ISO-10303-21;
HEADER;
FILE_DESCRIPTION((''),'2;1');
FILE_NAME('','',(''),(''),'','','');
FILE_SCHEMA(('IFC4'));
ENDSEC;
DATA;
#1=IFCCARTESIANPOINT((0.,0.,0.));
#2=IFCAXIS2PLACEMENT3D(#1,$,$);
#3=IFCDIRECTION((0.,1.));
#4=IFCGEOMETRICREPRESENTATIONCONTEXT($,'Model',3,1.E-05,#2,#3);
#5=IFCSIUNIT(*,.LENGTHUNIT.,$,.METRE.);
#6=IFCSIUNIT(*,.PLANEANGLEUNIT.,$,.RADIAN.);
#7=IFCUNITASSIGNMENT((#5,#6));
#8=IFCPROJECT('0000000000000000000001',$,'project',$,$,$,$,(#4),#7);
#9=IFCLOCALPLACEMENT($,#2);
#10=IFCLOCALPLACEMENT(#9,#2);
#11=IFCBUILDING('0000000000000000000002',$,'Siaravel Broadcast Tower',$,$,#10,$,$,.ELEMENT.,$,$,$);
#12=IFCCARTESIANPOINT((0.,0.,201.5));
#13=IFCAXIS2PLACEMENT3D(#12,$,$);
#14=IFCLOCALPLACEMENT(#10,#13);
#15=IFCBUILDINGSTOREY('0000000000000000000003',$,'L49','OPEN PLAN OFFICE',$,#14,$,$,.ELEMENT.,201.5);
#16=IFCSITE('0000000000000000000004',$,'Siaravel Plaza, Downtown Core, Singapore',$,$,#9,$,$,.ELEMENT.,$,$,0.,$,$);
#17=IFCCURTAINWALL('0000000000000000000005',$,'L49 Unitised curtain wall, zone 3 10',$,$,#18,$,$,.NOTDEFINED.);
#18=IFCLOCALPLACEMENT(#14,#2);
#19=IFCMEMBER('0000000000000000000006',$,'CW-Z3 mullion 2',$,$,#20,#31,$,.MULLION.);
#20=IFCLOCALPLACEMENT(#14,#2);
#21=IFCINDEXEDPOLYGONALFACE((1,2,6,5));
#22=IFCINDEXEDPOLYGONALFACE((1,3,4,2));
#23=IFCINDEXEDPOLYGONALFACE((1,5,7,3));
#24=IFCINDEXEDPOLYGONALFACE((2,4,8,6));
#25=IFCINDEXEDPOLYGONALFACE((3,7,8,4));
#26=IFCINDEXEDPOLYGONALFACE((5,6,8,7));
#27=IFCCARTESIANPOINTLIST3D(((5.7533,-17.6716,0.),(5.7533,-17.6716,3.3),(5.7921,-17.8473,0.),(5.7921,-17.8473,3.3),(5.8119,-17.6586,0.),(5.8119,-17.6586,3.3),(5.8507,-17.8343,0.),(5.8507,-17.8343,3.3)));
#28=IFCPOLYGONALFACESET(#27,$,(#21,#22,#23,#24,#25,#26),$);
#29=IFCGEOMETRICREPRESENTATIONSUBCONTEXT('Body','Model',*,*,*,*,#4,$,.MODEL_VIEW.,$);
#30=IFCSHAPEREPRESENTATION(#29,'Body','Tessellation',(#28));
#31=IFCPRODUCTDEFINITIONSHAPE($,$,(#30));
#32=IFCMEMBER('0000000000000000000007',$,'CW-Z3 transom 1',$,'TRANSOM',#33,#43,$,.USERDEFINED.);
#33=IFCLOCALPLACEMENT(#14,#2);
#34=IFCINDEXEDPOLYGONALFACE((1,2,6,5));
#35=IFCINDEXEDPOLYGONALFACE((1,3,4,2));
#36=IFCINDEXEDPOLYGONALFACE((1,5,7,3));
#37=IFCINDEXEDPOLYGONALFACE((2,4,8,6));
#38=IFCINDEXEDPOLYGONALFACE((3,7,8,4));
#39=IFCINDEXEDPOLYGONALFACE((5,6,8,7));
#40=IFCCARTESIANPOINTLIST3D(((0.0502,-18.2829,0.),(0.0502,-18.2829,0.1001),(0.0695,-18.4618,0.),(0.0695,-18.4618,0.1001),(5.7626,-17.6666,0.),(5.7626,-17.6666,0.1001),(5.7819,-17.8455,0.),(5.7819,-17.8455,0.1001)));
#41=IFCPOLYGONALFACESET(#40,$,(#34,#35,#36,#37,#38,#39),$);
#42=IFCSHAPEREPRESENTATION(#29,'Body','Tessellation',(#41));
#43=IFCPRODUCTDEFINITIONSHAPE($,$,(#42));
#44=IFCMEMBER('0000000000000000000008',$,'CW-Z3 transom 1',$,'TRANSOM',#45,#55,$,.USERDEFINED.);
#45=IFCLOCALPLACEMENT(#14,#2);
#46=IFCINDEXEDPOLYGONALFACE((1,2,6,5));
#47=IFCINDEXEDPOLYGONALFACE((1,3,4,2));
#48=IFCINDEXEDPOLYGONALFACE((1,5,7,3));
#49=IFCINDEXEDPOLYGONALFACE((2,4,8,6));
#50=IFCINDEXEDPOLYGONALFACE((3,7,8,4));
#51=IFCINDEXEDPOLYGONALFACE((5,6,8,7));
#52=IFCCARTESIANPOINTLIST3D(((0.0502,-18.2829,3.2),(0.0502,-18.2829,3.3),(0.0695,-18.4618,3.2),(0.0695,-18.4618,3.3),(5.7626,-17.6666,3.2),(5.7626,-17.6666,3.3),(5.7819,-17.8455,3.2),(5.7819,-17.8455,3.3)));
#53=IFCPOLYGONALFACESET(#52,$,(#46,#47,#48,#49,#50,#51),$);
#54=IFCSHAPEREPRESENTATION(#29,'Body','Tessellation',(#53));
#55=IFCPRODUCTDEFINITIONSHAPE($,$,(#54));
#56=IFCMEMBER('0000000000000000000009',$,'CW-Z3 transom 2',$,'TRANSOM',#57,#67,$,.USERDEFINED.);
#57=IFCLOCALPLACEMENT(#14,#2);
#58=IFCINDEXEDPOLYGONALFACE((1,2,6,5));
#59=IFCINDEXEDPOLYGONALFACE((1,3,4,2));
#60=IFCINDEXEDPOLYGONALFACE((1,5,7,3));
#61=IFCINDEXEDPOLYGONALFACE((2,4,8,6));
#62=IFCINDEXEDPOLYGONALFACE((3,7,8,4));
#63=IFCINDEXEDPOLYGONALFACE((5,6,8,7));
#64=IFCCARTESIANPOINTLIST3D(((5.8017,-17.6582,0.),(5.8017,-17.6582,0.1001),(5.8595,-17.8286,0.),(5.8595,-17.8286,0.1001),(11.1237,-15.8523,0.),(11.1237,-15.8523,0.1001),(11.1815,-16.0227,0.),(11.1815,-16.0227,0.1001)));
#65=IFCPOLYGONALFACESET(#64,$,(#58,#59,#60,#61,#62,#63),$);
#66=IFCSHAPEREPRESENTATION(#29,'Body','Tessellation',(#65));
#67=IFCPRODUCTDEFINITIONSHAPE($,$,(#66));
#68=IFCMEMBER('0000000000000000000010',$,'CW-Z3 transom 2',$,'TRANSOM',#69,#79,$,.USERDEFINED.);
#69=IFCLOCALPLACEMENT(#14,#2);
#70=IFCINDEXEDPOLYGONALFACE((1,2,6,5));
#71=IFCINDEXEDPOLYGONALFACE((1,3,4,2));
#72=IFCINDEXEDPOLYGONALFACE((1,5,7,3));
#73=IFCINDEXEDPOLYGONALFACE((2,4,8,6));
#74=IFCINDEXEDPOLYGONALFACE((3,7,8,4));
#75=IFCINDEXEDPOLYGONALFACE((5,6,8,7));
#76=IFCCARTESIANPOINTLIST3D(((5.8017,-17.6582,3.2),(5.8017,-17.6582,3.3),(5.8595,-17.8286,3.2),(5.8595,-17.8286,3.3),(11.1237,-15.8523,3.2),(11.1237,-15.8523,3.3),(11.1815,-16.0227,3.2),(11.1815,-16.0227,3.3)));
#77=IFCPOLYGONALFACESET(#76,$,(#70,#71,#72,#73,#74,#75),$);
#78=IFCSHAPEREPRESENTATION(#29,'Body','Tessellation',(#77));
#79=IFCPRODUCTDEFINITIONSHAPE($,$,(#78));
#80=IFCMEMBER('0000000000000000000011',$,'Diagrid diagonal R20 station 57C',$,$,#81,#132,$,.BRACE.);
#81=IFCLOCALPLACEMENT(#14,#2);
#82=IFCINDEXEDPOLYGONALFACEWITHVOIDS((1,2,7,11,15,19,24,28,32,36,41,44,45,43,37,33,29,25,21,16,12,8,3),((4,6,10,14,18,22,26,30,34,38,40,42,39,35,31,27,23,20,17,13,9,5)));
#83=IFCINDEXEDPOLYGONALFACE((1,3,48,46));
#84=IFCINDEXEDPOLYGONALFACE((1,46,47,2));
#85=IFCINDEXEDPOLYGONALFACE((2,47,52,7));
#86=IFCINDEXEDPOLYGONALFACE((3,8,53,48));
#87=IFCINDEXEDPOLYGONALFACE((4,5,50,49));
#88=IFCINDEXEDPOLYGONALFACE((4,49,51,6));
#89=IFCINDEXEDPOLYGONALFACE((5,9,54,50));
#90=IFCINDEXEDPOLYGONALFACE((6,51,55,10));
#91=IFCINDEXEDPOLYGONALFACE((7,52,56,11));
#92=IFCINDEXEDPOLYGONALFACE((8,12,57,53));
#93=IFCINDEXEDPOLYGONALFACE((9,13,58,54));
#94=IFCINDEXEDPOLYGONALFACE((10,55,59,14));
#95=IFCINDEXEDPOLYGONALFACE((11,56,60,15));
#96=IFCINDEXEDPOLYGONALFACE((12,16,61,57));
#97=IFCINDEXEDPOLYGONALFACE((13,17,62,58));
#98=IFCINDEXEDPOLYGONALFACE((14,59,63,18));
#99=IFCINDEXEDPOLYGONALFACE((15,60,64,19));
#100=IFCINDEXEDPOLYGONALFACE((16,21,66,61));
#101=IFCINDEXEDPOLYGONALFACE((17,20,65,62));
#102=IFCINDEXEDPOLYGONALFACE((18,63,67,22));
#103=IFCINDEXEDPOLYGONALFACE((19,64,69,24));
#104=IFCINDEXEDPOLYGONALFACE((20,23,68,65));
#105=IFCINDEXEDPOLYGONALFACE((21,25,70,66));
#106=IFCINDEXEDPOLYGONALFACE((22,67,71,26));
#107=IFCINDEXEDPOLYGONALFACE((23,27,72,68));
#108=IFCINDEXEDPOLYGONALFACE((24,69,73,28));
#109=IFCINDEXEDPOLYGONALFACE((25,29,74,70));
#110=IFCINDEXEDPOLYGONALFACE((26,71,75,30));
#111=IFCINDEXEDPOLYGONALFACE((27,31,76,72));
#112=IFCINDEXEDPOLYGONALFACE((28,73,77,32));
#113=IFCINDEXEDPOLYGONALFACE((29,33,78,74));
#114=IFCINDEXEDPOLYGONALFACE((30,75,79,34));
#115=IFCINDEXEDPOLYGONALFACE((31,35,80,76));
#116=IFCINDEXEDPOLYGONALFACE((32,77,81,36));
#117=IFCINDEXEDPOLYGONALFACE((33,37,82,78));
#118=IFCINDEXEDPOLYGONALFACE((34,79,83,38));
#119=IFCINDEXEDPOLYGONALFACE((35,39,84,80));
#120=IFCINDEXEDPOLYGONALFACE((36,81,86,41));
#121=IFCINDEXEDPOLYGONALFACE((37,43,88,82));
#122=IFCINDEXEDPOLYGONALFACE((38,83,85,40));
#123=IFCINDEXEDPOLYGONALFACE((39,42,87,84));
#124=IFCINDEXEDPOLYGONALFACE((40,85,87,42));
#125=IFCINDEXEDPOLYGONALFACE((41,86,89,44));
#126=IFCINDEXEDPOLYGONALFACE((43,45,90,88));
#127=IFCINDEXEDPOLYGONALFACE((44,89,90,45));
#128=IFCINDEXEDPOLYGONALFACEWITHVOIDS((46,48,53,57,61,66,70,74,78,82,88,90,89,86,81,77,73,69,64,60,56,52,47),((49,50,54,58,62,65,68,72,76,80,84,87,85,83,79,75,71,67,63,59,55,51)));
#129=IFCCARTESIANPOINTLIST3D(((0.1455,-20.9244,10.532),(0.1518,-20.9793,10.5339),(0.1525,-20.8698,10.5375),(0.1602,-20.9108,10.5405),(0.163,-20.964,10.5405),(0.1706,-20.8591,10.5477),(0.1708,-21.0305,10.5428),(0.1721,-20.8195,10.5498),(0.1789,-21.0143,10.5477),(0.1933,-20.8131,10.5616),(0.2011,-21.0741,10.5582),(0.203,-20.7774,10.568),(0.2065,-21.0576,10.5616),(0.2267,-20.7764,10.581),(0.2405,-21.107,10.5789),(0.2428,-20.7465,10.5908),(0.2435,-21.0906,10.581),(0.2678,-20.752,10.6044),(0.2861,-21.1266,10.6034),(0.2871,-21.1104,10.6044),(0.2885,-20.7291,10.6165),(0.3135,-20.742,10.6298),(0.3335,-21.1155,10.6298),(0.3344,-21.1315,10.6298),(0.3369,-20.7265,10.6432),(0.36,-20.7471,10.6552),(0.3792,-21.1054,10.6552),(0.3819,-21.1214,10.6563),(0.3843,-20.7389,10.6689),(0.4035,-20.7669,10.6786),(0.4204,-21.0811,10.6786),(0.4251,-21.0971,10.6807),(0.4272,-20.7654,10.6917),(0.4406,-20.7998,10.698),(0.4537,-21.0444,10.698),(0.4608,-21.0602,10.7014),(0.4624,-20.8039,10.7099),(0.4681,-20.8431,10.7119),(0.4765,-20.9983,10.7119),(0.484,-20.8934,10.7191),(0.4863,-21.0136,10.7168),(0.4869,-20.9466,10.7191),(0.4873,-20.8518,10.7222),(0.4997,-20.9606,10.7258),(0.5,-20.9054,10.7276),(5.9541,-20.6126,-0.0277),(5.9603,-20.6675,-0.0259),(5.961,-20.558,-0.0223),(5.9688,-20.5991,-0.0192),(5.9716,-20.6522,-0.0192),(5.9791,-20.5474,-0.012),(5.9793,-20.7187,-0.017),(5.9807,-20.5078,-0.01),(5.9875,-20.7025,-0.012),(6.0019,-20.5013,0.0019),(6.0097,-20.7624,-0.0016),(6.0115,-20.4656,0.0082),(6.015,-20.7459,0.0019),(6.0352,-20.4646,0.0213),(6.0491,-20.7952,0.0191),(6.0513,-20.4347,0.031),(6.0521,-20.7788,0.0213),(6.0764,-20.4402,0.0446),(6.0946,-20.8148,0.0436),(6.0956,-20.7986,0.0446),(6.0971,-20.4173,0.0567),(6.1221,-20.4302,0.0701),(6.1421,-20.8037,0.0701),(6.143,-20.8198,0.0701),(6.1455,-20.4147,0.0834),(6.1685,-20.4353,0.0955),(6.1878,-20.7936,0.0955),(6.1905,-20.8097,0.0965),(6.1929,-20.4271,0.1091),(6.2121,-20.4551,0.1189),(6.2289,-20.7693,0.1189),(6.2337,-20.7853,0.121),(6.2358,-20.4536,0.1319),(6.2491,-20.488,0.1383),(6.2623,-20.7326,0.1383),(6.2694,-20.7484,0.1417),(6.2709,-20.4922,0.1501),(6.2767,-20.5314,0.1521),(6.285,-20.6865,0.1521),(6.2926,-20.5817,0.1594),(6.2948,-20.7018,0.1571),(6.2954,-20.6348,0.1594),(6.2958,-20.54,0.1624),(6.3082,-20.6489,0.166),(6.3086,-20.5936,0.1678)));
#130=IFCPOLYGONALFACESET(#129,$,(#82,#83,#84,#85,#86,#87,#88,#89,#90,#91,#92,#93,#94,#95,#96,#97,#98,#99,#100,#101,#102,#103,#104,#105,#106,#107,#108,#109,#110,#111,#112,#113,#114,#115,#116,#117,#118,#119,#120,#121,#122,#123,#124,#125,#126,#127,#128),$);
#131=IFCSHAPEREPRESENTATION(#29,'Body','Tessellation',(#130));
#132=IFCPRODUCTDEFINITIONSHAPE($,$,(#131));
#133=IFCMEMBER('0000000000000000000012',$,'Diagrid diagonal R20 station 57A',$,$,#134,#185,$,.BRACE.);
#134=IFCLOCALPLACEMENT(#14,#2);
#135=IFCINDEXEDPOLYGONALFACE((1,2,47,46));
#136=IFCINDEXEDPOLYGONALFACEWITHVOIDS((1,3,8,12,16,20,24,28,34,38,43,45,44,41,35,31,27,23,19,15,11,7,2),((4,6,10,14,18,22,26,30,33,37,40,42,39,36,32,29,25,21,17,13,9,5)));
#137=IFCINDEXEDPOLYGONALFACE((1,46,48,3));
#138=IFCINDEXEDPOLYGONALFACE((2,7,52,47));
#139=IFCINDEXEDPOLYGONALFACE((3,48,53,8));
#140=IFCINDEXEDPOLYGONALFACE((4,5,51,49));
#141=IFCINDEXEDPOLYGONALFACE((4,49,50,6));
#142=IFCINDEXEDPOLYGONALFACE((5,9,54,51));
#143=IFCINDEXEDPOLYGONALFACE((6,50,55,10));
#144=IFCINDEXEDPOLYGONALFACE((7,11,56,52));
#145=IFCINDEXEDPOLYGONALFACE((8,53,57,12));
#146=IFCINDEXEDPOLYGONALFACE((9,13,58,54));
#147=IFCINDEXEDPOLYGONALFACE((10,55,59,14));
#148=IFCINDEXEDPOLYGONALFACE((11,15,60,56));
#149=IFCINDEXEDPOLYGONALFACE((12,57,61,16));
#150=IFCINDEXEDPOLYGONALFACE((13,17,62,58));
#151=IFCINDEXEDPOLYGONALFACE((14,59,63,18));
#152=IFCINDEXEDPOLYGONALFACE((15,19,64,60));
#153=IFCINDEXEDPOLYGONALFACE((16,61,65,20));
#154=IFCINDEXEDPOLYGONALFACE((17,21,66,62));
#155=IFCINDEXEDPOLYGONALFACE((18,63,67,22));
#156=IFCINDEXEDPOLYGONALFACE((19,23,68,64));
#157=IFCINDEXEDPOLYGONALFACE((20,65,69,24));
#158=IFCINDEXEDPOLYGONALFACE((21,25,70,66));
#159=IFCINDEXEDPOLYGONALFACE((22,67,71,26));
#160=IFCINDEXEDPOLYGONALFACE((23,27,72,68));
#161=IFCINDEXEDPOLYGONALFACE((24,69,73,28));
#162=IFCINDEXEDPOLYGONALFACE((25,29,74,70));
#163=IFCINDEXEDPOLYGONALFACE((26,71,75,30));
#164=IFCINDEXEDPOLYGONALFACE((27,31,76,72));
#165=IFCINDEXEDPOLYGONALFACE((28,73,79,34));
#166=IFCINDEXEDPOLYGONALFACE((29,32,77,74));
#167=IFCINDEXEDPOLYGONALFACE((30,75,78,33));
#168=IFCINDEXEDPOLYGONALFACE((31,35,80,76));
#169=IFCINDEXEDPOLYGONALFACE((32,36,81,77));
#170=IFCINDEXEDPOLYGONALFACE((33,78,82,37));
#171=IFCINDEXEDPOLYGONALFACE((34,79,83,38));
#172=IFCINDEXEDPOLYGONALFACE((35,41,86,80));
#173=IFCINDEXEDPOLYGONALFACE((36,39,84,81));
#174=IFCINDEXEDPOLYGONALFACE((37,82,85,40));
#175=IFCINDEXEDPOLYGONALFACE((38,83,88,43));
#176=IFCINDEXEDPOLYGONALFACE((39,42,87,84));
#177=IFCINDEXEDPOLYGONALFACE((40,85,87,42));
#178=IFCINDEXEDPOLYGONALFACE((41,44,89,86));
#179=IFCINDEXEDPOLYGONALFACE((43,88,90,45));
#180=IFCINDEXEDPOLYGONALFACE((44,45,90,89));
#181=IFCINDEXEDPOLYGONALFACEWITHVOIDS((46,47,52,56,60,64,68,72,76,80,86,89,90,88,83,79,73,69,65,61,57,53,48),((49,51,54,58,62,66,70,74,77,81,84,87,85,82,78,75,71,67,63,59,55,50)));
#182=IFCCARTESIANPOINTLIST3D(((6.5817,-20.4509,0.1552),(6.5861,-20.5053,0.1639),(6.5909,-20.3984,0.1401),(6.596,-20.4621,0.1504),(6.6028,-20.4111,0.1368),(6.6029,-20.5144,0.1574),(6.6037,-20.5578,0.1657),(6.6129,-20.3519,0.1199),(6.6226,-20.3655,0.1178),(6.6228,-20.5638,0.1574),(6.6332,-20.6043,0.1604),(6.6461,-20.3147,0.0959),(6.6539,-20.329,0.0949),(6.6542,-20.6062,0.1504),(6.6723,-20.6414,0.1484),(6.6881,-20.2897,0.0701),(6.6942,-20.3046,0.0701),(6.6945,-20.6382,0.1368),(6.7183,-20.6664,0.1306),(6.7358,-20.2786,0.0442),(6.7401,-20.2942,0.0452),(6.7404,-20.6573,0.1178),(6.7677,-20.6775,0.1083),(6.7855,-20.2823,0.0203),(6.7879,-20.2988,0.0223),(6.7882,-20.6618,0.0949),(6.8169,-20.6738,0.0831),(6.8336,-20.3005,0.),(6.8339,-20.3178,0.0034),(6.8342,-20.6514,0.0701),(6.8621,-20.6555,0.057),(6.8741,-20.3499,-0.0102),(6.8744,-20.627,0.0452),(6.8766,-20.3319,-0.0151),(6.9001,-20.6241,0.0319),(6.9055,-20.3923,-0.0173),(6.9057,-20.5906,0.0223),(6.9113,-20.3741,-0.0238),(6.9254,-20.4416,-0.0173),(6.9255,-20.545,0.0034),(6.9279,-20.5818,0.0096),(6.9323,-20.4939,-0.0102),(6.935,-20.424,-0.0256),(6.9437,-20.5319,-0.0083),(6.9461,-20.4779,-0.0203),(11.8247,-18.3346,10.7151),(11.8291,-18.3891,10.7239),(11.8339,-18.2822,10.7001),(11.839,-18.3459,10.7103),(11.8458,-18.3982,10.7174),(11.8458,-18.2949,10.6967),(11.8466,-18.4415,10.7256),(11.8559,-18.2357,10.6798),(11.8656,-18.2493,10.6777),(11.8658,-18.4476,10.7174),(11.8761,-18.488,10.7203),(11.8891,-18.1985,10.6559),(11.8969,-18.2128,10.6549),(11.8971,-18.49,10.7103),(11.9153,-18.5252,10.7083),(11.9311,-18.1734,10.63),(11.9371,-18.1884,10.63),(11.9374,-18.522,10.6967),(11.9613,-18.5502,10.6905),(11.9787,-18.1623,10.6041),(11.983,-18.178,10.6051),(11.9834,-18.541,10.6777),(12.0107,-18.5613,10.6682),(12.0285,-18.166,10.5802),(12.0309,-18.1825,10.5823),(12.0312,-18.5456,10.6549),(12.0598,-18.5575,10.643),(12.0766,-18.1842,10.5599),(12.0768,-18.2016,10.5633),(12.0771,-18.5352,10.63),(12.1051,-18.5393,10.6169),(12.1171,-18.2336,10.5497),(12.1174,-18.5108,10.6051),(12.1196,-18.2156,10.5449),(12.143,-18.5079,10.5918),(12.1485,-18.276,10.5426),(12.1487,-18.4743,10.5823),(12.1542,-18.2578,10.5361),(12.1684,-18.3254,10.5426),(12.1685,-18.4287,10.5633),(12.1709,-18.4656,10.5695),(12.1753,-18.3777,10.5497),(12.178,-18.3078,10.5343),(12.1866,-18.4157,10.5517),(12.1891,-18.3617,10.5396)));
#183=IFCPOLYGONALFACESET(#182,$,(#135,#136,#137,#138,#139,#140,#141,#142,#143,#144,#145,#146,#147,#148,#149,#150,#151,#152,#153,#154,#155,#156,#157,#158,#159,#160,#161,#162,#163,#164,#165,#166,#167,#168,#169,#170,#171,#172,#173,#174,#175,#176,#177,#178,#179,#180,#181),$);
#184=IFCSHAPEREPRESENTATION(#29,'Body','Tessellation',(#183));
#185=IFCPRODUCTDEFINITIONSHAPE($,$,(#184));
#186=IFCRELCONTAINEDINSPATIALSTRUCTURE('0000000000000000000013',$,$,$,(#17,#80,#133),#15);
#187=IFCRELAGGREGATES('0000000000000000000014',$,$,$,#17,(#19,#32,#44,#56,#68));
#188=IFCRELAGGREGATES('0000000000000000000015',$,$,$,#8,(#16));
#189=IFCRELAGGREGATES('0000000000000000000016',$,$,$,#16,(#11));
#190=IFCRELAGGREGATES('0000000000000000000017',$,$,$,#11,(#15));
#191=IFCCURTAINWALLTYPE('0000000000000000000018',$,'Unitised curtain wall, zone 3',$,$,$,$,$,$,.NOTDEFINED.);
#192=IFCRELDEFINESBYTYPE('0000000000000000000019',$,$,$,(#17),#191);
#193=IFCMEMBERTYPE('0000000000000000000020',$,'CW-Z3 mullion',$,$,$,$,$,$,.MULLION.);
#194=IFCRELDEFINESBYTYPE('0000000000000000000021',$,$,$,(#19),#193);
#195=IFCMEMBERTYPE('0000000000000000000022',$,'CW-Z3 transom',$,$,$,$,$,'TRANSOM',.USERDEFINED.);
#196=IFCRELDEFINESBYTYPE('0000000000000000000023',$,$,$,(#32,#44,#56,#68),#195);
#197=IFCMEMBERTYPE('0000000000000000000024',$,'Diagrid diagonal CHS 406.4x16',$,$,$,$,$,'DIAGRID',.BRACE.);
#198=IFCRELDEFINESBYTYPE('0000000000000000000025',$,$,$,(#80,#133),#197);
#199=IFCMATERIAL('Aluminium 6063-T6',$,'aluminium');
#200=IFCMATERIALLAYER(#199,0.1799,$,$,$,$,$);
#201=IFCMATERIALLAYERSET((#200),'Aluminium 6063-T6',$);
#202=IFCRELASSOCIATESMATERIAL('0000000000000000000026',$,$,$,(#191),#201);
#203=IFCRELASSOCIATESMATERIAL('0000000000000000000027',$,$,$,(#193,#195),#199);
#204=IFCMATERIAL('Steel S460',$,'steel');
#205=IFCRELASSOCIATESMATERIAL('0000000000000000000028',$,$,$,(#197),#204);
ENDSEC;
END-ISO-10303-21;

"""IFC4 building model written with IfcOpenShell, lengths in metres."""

from ifc_helpers import new_model, si_unit, direction, frame, origin, origin_2d, place, context, subcontext, project, spatial, rectangle, hollow_circle, extrude, material, layer, layer_set, material_profile, profile_set, type_object, element, aggregate, save


model = new_model("IFC4")

# Units and contexts
model_context = context("Model", 3, precision=1e-05, world=origin(), true_north=direction((0.0, 1.0)))
body_context = subcontext(model_context, "Body", "Model", "MODEL_VIEW")
ifc_project = project(units=[si_unit("LENGTHUNIT", "METRE"), si_unit("PLANEANGLEUNIT", "RADIAN")], contexts=[model_context])

# Site, building, storey
site_placement = place(None, origin())
site = spatial("IfcSite", under=ifc_project, at=site_placement, Name="Siaravel Plaza, Downtown Core, Singapore", CompositionType="ELEMENT", RefElevation=0.0)
building_placement = place(site_placement, origin())
building = spatial("IfcBuilding", under=site, at=building_placement, Name="Siaravel Broadcast Tower", CompositionType="ELEMENT")
storey_placement = place(building_placement, frame((0.0, 0.0, 201.5)))
storey = spatial("IfcBuildingStorey", under=building, at=storey_placement, Name="L49", Description="OPEN PLAN OFFICE", CompositionType="ELEMENT", Elevation=201.5)

# Curtain wall, members
ifc_material_1 = material(Name="Aluminium 6063-T6", Category="aluminium")
ifc_layer_1 = layer(ifc_material_1, 0.1799)
ifc_layer_set_1 = layer_set([ifc_layer_1], Name="Aluminium 6063-T6")
curtain_wall_type = type_object("IfcCurtainWallType", Name="Unitised curtain wall, zone 3", PredefinedType="NOTDEFINED", material=ifc_layer_set_1)
curtain_wall_placement = place(storey_placement, origin())
curtain_wall = element("IfcCurtainWall", 1, at=curtain_wall_placement, inside=storey, type_object=curtain_wall_type, Name="L49 Unitised curtain wall, zone 3 10", PredefinedType="NOTDEFINED")
ifc_material_profile_1 = material_profile(ifc_material_1, rectangle(XDim=0.1799, YDim=0.0601, at=origin_2d()))
ifc_profile_set_1 = profile_set([ifc_material_profile_1], Name="Aluminium 6063-T6")
member_type_1 = type_object("IfcMemberType", Name="CW-Z3 mullion", PredefinedType="MULLION", material=ifc_profile_set_1)
member_1_placement = place(storey_placement, frame((5.802, -17.7529, 0.0), z_axis=(0.0, 0.0, 1.0), x_axis=(-0.215559, 0.976491, 0.0)))
member_1 = element("IfcMember", 2, at=member_1_placement, type_object=member_type_1, Name="CW-Z3 mullion 2", PredefinedType="MULLION", context=body_context, shape_type="SweptSolid", body=[
    extrude(rectangle(XDim=0.1799, YDim=0.0601, at=origin_2d()), origin(), (0.0, 0.0, 1.0), 3.3),
])
ifc_material_profile_2 = material_profile(ifc_material_1, rectangle(XDim=0.1799, YDim=0.1001, at=origin_2d()))
ifc_profile_set_2 = profile_set([ifc_material_profile_2], Name="Aluminium 6063-T6")
member_type_2 = type_object("IfcMemberType", Name="CW-Z3 transom", ElementType="TRANSOM", PredefinedType="USERDEFINED", material=ifc_profile_set_2)
member_2_placement = place(storey_placement, frame((0.0598, -18.3723, 0.05), z_axis=(0.994232, 0.10725, 0.0), x_axis=(-0.10725, 0.994232, 0.0)))
member_2 = element("IfcMember", 3, at=member_2_placement, type_object=member_type_2, Name="CW-Z3 transom 1", ObjectType="TRANSOM", PredefinedType="USERDEFINED", context=body_context, shape_type="SweptSolid", body=[
    extrude(rectangle(XDim=0.1799, YDim=0.1001, at=origin_2d()), origin(), (0.0, 0.0, 1.0), 5.7456),
])
member_3_placement = place(storey_placement, frame((0.0598, -18.3723, 3.25), z_axis=(0.994232, 0.10725, 0.0), x_axis=(-0.10725, 0.994232, 0.0)))
member_3 = element("IfcMember", 4, at=member_3_placement, type_object=member_type_2, Name="CW-Z3 transom 1", ObjectType="TRANSOM", PredefinedType="USERDEFINED", context=body_context, shape_type="SweptSolid", body=[
    extrude(rectangle(XDim=0.1799, YDim=0.1001, at=origin_2d()), origin(), (0.0, 0.0, 1.0), 5.7456),
])
member_4_placement = place(storey_placement, frame((5.8306, -17.7434, 0.05), z_axis=(0.946967, 0.321332, 0.0), x_axis=(-0.321332, 0.946967, 0.0)))
member_4 = element("IfcMember", 5, at=member_4_placement, type_object=member_type_2, Name="CW-Z3 transom 2", ObjectType="TRANSOM", PredefinedType="USERDEFINED", context=body_context, shape_type="SweptSolid", body=[
    extrude(rectangle(XDim=0.1799, YDim=0.1001, at=origin_2d()), origin(), (0.0, 0.0, 1.0), 5.6201),
])
member_5_placement = place(storey_placement, frame((5.8306, -17.7434, 3.25), z_axis=(0.946967, 0.321332, 0.0), x_axis=(-0.321332, 0.946967, 0.0)))
member_5 = element("IfcMember", 6, at=member_5_placement, type_object=member_type_2, Name="CW-Z3 transom 2", ObjectType="TRANSOM", PredefinedType="USERDEFINED", context=body_context, shape_type="SweptSolid", body=[
    extrude(rectangle(XDim=0.1799, YDim=0.1001, at=origin_2d()), origin(), (0.0, 0.0, 1.0), 5.6201),
])

# Members
ifc_material_2 = material(Name="Steel S460", Category="steel")
ifc_material_profile_3 = material_profile(ifc_material_2, hollow_circle(Radius=0.2031, WallThickness=0.0161, at=origin_2d()))
ifc_profile_set_3 = profile_set([ifc_material_profile_3], Name="Steel S460")
member_type_3 = type_object("IfcMemberType", Name="Diagrid diagonal CHS 406.4x16", ElementType="DIAGRID", PredefinedType="BRACE", material=ifc_profile_set_3)
member_6_placement = place(storey_placement, frame((6.1321, -20.6169, 0.0701), z_axis=(-0.481802, -0.02586, 0.875899), x_axis=(0.053596, -0.998563, 0.0)))
element("IfcMember", 7, at=member_6_placement, inside=storey, type_object=member_type_3, Name="Diagrid diagonal R20 station 57C", PredefinedType="BRACE", context=body_context, shape_type="SweptSolid", body=[
    extrude(hollow_circle(Radius=0.2031, WallThickness=0.0161, at=origin_2d()), origin(), (0.0, 0.0, 1.0), 12.0559),
])
member_7_placement = place(storey_placement, frame((6.7642, -20.478, 0.0701), z_axis=(0.437707, 0.176673, 0.881589), x_axis=(-0.374292, 0.927311, 0.0)))
element("IfcMember", 8, at=member_7_placement, inside=storey, type_object=member_type_3, Name="Diagrid diagonal R20 station 57A", PredefinedType="BRACE", context=body_context, shape_type="SweptSolid", body=[
    extrude(hollow_circle(Radius=0.2031, WallThickness=0.0161, at=origin_2d()), origin(), (0.0, 0.0, 1.0), 11.9783),
])

aggregate(curtain_wall, [member_1, member_2, member_3, member_4, member_5])

save(model, "model.ifc")
